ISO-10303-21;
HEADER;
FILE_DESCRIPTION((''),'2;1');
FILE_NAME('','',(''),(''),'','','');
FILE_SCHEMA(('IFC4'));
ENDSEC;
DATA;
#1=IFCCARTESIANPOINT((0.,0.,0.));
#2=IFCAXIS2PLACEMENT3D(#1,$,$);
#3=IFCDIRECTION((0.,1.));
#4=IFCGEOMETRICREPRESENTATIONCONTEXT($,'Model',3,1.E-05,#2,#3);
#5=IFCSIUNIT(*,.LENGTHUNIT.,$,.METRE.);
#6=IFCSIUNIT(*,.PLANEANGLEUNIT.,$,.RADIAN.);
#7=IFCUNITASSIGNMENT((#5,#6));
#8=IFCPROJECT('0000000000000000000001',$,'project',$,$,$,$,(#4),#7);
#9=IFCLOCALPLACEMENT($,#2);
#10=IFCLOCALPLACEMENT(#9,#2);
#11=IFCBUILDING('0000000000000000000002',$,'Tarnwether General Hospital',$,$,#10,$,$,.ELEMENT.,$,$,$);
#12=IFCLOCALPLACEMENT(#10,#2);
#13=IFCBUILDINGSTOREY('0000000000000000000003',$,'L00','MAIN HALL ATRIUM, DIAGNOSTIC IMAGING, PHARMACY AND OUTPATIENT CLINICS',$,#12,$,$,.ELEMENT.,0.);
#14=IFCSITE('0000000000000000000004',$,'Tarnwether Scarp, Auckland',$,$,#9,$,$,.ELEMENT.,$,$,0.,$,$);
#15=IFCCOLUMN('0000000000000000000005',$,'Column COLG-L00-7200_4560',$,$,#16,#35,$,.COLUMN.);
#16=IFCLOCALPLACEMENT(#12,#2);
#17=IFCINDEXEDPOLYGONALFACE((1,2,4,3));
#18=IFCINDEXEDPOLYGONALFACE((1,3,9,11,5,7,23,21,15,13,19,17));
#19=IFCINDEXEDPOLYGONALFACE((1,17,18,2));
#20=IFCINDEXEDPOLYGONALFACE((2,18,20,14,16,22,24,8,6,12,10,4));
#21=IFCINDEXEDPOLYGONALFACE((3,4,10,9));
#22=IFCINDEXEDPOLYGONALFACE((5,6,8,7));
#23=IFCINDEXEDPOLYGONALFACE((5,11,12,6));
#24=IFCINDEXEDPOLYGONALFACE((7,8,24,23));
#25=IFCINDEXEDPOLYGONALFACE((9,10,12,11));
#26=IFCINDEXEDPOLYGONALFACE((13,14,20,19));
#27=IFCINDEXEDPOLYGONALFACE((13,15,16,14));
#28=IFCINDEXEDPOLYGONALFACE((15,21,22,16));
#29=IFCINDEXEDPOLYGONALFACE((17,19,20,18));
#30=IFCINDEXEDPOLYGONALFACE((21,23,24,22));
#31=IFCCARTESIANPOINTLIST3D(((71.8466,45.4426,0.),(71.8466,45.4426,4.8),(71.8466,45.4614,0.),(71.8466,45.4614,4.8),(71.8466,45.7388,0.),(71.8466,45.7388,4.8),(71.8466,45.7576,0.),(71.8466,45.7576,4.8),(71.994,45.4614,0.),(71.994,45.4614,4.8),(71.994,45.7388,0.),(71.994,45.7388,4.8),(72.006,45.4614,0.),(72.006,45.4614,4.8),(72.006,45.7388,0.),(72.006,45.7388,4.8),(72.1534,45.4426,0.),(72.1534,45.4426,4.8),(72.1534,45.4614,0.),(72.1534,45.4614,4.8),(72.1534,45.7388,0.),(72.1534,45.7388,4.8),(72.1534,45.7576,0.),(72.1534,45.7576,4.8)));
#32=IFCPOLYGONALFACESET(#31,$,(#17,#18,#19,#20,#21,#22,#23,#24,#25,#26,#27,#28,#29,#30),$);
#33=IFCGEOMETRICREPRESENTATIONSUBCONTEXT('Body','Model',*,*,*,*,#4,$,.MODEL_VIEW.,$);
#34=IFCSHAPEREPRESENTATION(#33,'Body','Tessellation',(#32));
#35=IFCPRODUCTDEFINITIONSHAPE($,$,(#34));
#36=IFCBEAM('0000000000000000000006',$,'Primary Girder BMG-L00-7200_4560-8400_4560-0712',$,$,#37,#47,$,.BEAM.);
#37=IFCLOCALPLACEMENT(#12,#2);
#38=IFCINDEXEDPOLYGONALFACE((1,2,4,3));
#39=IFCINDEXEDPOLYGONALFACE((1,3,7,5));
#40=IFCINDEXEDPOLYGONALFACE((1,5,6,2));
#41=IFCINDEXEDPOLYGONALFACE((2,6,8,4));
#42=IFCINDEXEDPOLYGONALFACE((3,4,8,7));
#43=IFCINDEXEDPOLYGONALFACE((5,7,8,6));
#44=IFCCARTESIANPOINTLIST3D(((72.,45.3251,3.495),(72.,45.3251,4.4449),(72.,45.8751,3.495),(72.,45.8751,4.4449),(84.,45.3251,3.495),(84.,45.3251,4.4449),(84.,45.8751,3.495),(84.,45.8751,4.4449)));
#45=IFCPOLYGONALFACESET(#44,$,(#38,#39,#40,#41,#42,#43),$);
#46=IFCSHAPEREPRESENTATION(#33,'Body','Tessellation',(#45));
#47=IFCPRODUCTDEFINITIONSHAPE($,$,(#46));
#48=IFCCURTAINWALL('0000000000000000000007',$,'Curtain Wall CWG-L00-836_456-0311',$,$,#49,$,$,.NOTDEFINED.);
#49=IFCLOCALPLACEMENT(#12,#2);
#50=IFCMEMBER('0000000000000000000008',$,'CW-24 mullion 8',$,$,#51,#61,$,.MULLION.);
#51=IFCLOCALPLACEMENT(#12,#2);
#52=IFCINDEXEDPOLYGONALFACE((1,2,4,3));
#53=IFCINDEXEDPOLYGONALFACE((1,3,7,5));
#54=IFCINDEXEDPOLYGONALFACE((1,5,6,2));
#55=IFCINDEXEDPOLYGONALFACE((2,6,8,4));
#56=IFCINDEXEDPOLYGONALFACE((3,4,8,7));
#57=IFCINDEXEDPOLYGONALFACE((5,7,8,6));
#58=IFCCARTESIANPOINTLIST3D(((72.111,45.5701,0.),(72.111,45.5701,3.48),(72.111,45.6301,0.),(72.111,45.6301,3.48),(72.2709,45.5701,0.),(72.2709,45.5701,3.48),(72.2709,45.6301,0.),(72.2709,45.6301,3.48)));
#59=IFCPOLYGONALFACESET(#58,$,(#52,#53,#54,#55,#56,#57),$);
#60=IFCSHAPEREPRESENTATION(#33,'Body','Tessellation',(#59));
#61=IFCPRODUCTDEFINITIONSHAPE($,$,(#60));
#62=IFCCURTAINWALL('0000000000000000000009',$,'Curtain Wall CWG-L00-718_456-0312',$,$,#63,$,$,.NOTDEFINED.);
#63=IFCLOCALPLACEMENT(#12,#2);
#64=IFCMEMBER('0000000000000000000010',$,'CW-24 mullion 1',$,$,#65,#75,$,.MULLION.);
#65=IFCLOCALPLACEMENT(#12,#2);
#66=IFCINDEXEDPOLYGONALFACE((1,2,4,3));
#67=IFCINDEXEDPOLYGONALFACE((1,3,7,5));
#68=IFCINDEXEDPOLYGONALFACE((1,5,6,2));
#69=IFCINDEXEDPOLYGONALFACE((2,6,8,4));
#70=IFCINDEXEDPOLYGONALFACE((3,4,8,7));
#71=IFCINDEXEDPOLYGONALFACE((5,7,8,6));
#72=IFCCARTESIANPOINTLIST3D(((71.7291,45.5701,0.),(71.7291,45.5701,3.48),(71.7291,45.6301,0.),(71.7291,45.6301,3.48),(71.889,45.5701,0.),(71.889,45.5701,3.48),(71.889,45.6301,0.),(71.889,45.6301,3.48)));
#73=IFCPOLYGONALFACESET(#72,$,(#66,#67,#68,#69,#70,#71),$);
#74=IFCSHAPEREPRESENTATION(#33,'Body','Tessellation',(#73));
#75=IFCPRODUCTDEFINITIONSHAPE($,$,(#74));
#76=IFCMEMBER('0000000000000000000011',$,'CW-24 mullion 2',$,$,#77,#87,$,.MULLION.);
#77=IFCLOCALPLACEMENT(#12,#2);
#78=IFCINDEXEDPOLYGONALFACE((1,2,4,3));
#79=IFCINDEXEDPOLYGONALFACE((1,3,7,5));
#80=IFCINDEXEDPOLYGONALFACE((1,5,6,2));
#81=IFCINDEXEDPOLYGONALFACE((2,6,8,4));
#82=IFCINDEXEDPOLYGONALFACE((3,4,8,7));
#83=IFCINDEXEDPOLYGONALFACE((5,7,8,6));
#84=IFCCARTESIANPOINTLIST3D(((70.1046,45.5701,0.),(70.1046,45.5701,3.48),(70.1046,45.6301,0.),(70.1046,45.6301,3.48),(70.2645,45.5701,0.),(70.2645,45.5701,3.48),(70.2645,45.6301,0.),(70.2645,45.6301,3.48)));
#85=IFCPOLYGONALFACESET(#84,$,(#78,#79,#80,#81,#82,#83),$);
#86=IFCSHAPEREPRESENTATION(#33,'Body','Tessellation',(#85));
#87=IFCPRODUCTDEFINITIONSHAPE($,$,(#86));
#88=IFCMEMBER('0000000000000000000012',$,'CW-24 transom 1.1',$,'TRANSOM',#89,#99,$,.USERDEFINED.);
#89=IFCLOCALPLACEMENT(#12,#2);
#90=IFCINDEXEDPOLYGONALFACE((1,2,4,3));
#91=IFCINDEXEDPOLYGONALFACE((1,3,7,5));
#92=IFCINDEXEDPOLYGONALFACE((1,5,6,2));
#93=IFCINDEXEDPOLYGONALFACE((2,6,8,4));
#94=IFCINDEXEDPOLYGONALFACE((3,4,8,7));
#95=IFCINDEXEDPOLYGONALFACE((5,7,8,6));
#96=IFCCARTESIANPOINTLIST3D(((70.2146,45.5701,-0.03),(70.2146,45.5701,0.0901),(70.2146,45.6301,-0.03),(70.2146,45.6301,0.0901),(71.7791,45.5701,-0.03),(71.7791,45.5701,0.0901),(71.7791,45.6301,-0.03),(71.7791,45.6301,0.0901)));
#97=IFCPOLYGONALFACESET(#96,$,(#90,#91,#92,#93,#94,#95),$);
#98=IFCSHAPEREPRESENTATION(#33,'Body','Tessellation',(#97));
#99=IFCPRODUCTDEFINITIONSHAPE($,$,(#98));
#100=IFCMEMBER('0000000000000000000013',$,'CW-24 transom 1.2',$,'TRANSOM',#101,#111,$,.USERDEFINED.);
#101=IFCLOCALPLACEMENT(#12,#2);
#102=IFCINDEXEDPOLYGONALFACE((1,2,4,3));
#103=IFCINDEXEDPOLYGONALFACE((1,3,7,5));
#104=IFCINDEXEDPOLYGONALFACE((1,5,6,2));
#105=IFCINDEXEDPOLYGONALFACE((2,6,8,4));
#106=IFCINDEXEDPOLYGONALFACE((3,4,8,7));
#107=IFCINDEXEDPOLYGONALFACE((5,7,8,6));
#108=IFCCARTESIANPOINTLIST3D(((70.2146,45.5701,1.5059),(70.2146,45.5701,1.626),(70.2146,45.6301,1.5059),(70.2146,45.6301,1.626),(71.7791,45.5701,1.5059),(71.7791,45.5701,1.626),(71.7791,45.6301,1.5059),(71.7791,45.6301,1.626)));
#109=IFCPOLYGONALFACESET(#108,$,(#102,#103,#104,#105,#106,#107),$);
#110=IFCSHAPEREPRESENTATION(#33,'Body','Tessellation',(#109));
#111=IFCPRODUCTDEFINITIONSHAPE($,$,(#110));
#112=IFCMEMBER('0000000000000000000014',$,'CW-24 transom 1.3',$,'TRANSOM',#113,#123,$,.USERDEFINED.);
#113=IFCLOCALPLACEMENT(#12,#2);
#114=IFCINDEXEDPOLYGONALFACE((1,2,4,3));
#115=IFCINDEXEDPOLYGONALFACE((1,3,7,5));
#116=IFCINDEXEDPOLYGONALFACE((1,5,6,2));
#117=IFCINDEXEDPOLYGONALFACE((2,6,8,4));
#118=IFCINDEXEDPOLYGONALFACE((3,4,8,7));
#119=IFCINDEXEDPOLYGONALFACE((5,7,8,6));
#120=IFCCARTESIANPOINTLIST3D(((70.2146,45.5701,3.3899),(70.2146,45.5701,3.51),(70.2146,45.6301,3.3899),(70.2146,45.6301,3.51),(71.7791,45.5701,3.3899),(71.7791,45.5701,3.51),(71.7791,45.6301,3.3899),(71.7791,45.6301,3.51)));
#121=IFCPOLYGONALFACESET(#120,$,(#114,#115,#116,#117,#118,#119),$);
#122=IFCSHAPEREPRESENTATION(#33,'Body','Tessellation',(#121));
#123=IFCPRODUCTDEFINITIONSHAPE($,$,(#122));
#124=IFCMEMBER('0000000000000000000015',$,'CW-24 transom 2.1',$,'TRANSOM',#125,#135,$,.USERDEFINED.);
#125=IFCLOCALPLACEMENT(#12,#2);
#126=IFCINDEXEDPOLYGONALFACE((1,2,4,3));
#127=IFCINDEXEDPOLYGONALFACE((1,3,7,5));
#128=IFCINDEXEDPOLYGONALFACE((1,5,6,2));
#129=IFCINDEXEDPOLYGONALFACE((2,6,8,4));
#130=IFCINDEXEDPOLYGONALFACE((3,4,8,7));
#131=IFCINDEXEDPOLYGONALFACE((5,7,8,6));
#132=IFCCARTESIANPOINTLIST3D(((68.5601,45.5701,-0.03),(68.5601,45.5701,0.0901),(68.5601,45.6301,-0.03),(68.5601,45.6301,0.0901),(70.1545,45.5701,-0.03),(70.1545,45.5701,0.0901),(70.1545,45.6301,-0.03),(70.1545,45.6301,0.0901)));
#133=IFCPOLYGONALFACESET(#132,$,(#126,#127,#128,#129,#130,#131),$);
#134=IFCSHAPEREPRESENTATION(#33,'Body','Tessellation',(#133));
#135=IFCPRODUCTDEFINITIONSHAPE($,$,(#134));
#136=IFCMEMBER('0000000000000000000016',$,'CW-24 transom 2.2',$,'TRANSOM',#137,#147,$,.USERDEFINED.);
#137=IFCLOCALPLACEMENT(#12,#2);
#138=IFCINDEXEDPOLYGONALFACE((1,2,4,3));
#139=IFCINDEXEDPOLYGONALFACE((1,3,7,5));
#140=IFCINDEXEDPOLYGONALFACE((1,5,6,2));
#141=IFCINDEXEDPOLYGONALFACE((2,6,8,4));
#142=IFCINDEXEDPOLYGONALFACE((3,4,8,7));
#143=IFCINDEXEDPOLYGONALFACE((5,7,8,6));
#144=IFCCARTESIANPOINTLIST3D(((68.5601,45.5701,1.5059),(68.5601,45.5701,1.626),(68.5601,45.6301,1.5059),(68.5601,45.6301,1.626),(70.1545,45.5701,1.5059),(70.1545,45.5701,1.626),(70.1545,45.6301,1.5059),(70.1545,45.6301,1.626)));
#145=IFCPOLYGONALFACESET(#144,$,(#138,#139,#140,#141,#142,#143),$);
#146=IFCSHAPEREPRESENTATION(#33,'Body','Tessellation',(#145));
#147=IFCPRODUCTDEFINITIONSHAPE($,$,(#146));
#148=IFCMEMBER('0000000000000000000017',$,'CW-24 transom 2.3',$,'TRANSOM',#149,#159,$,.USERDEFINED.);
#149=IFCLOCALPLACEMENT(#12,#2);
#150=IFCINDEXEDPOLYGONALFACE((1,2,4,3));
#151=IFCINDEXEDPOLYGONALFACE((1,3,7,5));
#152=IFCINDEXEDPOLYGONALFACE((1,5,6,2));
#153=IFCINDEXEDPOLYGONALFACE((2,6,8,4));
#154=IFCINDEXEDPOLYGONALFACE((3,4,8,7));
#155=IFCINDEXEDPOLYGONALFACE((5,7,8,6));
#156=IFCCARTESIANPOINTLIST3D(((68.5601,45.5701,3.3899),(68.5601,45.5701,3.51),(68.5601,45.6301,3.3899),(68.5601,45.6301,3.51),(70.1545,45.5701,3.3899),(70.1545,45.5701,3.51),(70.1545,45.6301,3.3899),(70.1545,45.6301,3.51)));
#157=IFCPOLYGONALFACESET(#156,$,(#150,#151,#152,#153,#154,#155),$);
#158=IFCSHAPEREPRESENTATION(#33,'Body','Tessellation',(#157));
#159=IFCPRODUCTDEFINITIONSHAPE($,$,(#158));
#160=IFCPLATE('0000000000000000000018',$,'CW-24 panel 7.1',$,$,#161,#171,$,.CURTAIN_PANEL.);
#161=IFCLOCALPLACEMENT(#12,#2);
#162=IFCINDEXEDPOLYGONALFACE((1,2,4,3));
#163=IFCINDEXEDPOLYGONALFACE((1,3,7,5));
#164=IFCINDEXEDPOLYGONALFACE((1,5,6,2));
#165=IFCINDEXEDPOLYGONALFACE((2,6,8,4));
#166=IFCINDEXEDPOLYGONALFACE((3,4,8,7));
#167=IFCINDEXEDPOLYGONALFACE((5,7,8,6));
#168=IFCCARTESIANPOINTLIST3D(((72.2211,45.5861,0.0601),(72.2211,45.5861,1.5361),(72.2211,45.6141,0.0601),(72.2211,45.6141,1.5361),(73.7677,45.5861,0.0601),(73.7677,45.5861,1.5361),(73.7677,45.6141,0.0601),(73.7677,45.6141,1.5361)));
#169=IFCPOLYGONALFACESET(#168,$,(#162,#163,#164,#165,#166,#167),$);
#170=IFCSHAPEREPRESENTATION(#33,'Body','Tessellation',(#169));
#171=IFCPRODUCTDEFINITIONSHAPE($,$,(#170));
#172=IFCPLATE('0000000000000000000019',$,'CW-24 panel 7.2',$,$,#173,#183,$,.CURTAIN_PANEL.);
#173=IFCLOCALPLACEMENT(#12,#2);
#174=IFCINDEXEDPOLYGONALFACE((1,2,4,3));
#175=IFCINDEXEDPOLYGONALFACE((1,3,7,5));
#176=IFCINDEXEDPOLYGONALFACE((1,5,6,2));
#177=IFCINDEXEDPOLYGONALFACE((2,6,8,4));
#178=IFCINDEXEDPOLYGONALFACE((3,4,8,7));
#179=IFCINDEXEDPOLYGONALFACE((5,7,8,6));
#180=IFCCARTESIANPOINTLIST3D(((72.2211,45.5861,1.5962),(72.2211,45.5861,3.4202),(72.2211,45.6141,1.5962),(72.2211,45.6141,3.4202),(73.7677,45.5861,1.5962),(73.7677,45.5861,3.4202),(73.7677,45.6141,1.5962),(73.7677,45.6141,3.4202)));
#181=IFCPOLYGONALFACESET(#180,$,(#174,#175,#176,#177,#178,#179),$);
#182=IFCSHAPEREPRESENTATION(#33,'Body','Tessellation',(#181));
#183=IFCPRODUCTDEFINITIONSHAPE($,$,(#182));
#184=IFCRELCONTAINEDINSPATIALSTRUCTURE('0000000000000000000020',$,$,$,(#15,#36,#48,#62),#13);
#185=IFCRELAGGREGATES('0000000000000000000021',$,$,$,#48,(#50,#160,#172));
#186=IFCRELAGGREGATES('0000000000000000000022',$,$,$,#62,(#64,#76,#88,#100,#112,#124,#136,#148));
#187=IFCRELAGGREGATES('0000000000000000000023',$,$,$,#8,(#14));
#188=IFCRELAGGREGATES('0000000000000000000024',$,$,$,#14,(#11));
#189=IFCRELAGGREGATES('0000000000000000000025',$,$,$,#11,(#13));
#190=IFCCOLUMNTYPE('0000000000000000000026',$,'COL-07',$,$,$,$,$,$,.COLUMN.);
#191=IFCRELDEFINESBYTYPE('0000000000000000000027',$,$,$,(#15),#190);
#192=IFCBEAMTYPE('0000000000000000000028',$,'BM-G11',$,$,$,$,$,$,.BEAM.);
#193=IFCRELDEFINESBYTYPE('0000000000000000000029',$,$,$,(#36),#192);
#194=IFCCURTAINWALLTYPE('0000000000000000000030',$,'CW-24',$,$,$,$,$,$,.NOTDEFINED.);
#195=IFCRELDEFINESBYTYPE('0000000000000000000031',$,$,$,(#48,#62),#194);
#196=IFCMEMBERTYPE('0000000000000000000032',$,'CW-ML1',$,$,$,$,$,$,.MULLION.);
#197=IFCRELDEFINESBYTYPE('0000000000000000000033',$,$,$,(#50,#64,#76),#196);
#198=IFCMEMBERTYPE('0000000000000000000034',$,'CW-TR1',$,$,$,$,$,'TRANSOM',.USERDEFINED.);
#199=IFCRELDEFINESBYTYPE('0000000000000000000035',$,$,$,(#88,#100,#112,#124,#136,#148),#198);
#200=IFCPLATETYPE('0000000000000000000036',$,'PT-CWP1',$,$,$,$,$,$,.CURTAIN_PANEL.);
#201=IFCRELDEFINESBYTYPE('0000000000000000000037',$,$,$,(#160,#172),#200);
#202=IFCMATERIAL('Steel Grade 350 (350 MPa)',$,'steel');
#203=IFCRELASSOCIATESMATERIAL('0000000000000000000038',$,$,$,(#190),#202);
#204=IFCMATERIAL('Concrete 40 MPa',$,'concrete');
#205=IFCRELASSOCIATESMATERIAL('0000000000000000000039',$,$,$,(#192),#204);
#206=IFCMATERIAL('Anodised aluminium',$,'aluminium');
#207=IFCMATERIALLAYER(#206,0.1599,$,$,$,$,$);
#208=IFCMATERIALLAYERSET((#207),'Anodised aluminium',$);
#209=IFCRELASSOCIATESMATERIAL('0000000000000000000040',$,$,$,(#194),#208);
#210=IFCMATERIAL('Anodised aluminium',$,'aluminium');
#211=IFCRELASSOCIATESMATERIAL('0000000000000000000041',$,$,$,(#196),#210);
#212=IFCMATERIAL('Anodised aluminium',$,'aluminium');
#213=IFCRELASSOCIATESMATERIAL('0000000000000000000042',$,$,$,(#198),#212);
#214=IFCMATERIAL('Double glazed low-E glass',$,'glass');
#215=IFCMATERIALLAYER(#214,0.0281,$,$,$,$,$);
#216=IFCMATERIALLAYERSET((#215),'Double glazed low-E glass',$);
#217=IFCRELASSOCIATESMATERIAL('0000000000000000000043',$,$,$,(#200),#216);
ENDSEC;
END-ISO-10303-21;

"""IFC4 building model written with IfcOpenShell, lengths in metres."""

from ifc_helpers import new_model, si_unit, direction, frame, origin, origin_2d, place, context, subcontext, project, spatial, rectangle, i_section, extrude, material, layer, layer_set, material_profile, profile_set, type_object, element, aggregate, save


model = new_model("IFC4")

# Units and contexts
model_context = context("Model", 3, precision=1e-05, world=origin(), true_north=direction((0.0, 1.0)))
body_context = subcontext(model_context, "Body", "Model", "MODEL_VIEW")
ifc_project = project(units=[si_unit("LENGTHUNIT", "METRE"), si_unit("PLANEANGLEUNIT", "RADIAN")], contexts=[model_context])

# Site, building, storey
site_placement = place(None, origin())
site = spatial("IfcSite", under=ifc_project, at=site_placement, Name="Tarnwether Scarp, Auckland", CompositionType="ELEMENT", RefElevation=0.0)
building_placement = place(site_placement, origin())
building = spatial("IfcBuilding", under=site, at=building_placement, Name="Tarnwether General Hospital", CompositionType="ELEMENT")
storey_placement = place(building_placement, origin())
storey = spatial("IfcBuildingStorey", under=building, at=storey_placement, Name="L00", Description="MAIN HALL ATRIUM, DIAGNOSTIC IMAGING, PHARMACY AND OUTPATIENT CLINICS", CompositionType="ELEMENT", Elevation=0.0)

# Column
ifc_material_1 = material(Name="Steel Grade 350 (350 MPa)", Category="steel")
ifc_material_profile_1 = material_profile(ifc_material_1, i_section(OverallWidth=0.3069, OverallDepth=0.3149, WebThickness=0.012, FlangeThickness=0.0188, at=origin_2d()), Name="310UC118")
ifc_profile_set_1 = profile_set([ifc_material_profile_1], Name="Steel Grade 350 (350 MPa)")
column_type = type_object("IfcColumnType", Name="COL-07", PredefinedType="COLUMN", material=ifc_profile_set_1)
column_placement = place(storey_placement, frame((72.0, 45.6001, 0.0), z_axis=(0.0, 0.0, 1.0), x_axis=(1.0, 0.0, 0.0)))
element("IfcColumn", 1, at=column_placement, inside=storey, type_object=column_type, Name="Column COLG-L00-7200_4560", PredefinedType="COLUMN", context=body_context, shape_type="SweptSolid", body=[
    extrude(i_section(OverallWidth=0.3069, OverallDepth=0.3149, WebThickness=0.012, FlangeThickness=0.0188, at=origin_2d()), origin(), (0.0, 0.0, 1.0), 4.8),
])

# Beam
ifc_material_2 = material(Name="Concrete 40 MPa", Category="concrete")
ifc_material_profile_2 = material_profile(ifc_material_2, rectangle(XDim=0.55, YDim=0.95, at=origin_2d()), Name="RC-BM-550x950")
ifc_profile_set_2 = profile_set([ifc_material_profile_2], Name="Concrete 40 MPa")
beam_type = type_object("IfcBeamType", Name="BM-G11", PredefinedType="BEAM", material=ifc_profile_set_2)
beam_placement = place(storey_placement, frame((72.0, 45.6001, 3.97), z_axis=(1.0, 0.0, 0.0), x_axis=(0.0, 1.0, 0.0)))
element("IfcBeam", 2, at=beam_placement, inside=storey, type_object=beam_type, Name="Primary Girder BMG-L00-7200_4560-8400_4560-0712", PredefinedType="BEAM", context=body_context, shape_type="SweptSolid", body=[
    extrude(rectangle(XDim=0.55, YDim=0.95, at=origin_2d()), origin(), (0.0, 0.0, 1.0), 12.0),
])

# Curtain wall, member
ifc_material_3 = material(Name="Anodised aluminium", Category="aluminium")
ifc_layer_1 = layer(ifc_material_3, 0.1599)
ifc_layer_set_1 = layer_set([ifc_layer_1], Name="Anodised aluminium")
curtain_wall_type = type_object("IfcCurtainWallType", Name="CW-24", PredefinedType="NOTDEFINED", material=ifc_layer_set_1)
curtain_wall_1_placement = place(storey_placement, origin())
curtain_wall_1 = element("IfcCurtainWall", 3, at=curtain_wall_1_placement, inside=storey, type_object=curtain_wall_type, Name="Curtain Wall CWG-L00-836_456-0311", PredefinedType="NOTDEFINED")
ifc_material_4 = material(Name="Anodised aluminium", Category="aluminium")
ifc_material_profile_3 = material_profile(ifc_material_4, rectangle(XDim=0.0601, YDim=0.1599, at=origin_2d()), Name="ALU-MUL-60x160")
ifc_profile_set_3 = profile_set([ifc_material_profile_3], Name="Anodised aluminium")
member_type_1 = type_object("IfcMemberType", Name="CW-ML1", PredefinedType="MULLION", material=ifc_profile_set_3)
member_1_placement = place(storey_placement, frame((72.1909, 45.6001, 0.0), z_axis=(0.0, 0.0, 1.0), x_axis=(0.0, -1.0, 0.0)))
member_1 = element("IfcMember", 4, at=member_1_placement, type_object=member_type_1, Name="CW-24 mullion 8", PredefinedType="MULLION", context=body_context, shape_type="SweptSolid", body=[
    extrude(rectangle(XDim=0.0601, YDim=0.1599, at=origin_2d()), origin(), (0.0, 0.0, 1.0), 3.48),
])

# Curtain wall, members
curtain_wall_2_placement = place(storey_placement, origin())
curtain_wall_2 = element("IfcCurtainWall", 5, at=curtain_wall_2_placement, inside=storey, type_object=curtain_wall_type, Name="Curtain Wall CWG-L00-718_456-0312", PredefinedType="NOTDEFINED")
member_2_placement = place(storey_placement, frame((71.8091, 45.6001, 0.0), z_axis=(0.0, 0.0, 1.0), x_axis=(0.0, -1.0, 0.0)))
member_2 = element("IfcMember", 6, at=member_2_placement, type_object=member_type_1, Name="CW-24 mullion 1", PredefinedType="MULLION", context=body_context, shape_type="SweptSolid", body=[
    extrude(rectangle(XDim=0.0601, YDim=0.1599, at=origin_2d()), origin(), (0.0, 0.0, 1.0), 3.48),
])
member_3_placement = place(storey_placement, frame((70.1846, 45.6001, 0.0), z_axis=(0.0, 0.0, 1.0), x_axis=(0.0, -1.0, 0.0)))
member_3 = element("IfcMember", 7, at=member_3_placement, type_object=member_type_1, Name="CW-24 mullion 2", PredefinedType="MULLION", context=body_context, shape_type="SweptSolid", body=[
    extrude(rectangle(XDim=0.0601, YDim=0.1599, at=origin_2d()), origin(), (0.0, 0.0, 1.0), 3.48),
])
ifc_material_5 = material(Name="Anodised aluminium", Category="aluminium")
ifc_material_profile_4 = material_profile(ifc_material_5, rectangle(XDim=0.0601, YDim=0.1201, at=origin_2d()), Name="ALU-TRN-60x120")
ifc_profile_set_4 = profile_set([ifc_material_profile_4], Name="Anodised aluminium")
member_type_2 = type_object("IfcMemberType", Name="CW-TR1", ElementType="TRANSOM", PredefinedType="USERDEFINED", material=ifc_profile_set_4)
member_4_placement = place(storey_placement, frame((71.7791, 45.6001, 0.03), z_axis=(-1.0, 0.0, 0.0), x_axis=(0.0, -1.0, 0.0)))
member_4 = element("IfcMember", 8, at=member_4_placement, type_object=member_type_2, Name="CW-24 transom 1.1", ObjectType="TRANSOM", PredefinedType="USERDEFINED", context=body_context, shape_type="SweptSolid", body=[
    extrude(rectangle(XDim=0.0601, YDim=0.1201, at=origin_2d()), origin(), (0.0, 0.0, 1.0), 1.5645),
])
member_5_placement = place(storey_placement, frame((71.7791, 45.6001, 1.5659), z_axis=(-1.0, 0.0, 0.0), x_axis=(0.0, -1.0, 0.0)))
member_5 = element("IfcMember", 9, at=member_5_placement, type_object=member_type_2, Name="CW-24 transom 1.2", ObjectType="TRANSOM", PredefinedType="USERDEFINED", context=body_context, shape_type="SweptSolid", body=[
    extrude(rectangle(XDim=0.0601, YDim=0.1201, at=origin_2d()), origin(), (0.0, 0.0, 1.0), 1.5645),
])
member_6_placement = place(storey_placement, frame((71.7791, 45.6001, 3.45), z_axis=(-1.0, 0.0, 0.0), x_axis=(0.0, -1.0, 0.0)))
member_6 = element("IfcMember", 10, at=member_6_placement, type_object=member_type_2, Name="CW-24 transom 1.3", ObjectType="TRANSOM", PredefinedType="USERDEFINED", context=body_context, shape_type="SweptSolid", body=[
    extrude(rectangle(XDim=0.0601, YDim=0.1201, at=origin_2d()), origin(), (0.0, 0.0, 1.0), 1.5645),
])
member_7_placement = place(storey_placement, frame((70.1545, 45.6001, 0.03), z_axis=(-1.0, 0.0, 0.0), x_axis=(0.0, -1.0, 0.0)))
member_7 = element("IfcMember", 11, at=member_7_placement, type_object=member_type_2, Name="CW-24 transom 2.1", ObjectType="TRANSOM", PredefinedType="USERDEFINED", context=body_context, shape_type="SweptSolid", body=[
    extrude(rectangle(XDim=0.0601, YDim=0.1201, at=origin_2d()), origin(), (0.0, 0.0, 1.0), 1.5945),
])
member_8_placement = place(storey_placement, frame((70.1545, 45.6001, 1.5659), z_axis=(-1.0, 0.0, 0.0), x_axis=(0.0, -1.0, 0.0)))
member_8 = element("IfcMember", 12, at=member_8_placement, type_object=member_type_2, Name="CW-24 transom 2.2", ObjectType="TRANSOM", PredefinedType="USERDEFINED", context=body_context, shape_type="SweptSolid", body=[
    extrude(rectangle(XDim=0.0601, YDim=0.1201, at=origin_2d()), origin(), (0.0, 0.0, 1.0), 1.5945),
])
member_9_placement = place(storey_placement, frame((70.1545, 45.6001, 3.45), z_axis=(-1.0, 0.0, 0.0), x_axis=(0.0, -1.0, 0.0)))
member_9 = element("IfcMember", 13, at=member_9_placement, type_object=member_type_2, Name="CW-24 transom 2.3", ObjectType="TRANSOM", PredefinedType="USERDEFINED", context=body_context, shape_type="SweptSolid", body=[
    extrude(rectangle(XDim=0.0601, YDim=0.1201, at=origin_2d()), origin(), (0.0, 0.0, 1.0), 1.5945),
])

# Plates
ifc_material_6 = material(Name="Double glazed low-E glass", Category="glass")
ifc_layer_2 = layer(ifc_material_6, 0.0281)
ifc_layer_set_2 = layer_set([ifc_layer_2], Name="Double glazed low-E glass")
plate_type = type_object("IfcPlateType", Name="PT-CWP1", PredefinedType="CURTAIN_PANEL", material=ifc_layer_set_2)
plate_1_placement = place(storey_placement, frame((72.9944, 45.6001, 0.0601), z_axis=(0.0, 0.0, 1.0), x_axis=(-1.0, 0.0, 0.0)))
plate_1 = element("IfcPlate", 14, at=plate_1_placement, type_object=plate_type, Name="CW-24 panel 7.1", PredefinedType="CURTAIN_PANEL", context=body_context, shape_type="SweptSolid", body=[
    extrude(rectangle(XDim=1.5466, YDim=0.0281, at=origin_2d()), origin(), (0.0, 0.0, 1.0), 1.4761),
])
plate_2_placement = place(storey_placement, frame((72.9944, 45.6001, 1.5962), z_axis=(0.0, 0.0, 1.0), x_axis=(-1.0, 0.0, 0.0)))
plate_2 = element("IfcPlate", 15, at=plate_2_placement, type_object=plate_type, Name="CW-24 panel 7.2", PredefinedType="CURTAIN_PANEL", context=body_context, shape_type="SweptSolid", body=[
    extrude(rectangle(XDim=1.5466, YDim=0.0281, at=origin_2d()), origin(), (0.0, 0.0, 1.0), 1.824),
])
aggregate(curtain_wall_1, [member_1, plate_1, plate_2])
aggregate(curtain_wall_2, [member_2, member_3, member_4, member_5, member_6, member_7, member_8, member_9])

save(model, "model.ifc")
